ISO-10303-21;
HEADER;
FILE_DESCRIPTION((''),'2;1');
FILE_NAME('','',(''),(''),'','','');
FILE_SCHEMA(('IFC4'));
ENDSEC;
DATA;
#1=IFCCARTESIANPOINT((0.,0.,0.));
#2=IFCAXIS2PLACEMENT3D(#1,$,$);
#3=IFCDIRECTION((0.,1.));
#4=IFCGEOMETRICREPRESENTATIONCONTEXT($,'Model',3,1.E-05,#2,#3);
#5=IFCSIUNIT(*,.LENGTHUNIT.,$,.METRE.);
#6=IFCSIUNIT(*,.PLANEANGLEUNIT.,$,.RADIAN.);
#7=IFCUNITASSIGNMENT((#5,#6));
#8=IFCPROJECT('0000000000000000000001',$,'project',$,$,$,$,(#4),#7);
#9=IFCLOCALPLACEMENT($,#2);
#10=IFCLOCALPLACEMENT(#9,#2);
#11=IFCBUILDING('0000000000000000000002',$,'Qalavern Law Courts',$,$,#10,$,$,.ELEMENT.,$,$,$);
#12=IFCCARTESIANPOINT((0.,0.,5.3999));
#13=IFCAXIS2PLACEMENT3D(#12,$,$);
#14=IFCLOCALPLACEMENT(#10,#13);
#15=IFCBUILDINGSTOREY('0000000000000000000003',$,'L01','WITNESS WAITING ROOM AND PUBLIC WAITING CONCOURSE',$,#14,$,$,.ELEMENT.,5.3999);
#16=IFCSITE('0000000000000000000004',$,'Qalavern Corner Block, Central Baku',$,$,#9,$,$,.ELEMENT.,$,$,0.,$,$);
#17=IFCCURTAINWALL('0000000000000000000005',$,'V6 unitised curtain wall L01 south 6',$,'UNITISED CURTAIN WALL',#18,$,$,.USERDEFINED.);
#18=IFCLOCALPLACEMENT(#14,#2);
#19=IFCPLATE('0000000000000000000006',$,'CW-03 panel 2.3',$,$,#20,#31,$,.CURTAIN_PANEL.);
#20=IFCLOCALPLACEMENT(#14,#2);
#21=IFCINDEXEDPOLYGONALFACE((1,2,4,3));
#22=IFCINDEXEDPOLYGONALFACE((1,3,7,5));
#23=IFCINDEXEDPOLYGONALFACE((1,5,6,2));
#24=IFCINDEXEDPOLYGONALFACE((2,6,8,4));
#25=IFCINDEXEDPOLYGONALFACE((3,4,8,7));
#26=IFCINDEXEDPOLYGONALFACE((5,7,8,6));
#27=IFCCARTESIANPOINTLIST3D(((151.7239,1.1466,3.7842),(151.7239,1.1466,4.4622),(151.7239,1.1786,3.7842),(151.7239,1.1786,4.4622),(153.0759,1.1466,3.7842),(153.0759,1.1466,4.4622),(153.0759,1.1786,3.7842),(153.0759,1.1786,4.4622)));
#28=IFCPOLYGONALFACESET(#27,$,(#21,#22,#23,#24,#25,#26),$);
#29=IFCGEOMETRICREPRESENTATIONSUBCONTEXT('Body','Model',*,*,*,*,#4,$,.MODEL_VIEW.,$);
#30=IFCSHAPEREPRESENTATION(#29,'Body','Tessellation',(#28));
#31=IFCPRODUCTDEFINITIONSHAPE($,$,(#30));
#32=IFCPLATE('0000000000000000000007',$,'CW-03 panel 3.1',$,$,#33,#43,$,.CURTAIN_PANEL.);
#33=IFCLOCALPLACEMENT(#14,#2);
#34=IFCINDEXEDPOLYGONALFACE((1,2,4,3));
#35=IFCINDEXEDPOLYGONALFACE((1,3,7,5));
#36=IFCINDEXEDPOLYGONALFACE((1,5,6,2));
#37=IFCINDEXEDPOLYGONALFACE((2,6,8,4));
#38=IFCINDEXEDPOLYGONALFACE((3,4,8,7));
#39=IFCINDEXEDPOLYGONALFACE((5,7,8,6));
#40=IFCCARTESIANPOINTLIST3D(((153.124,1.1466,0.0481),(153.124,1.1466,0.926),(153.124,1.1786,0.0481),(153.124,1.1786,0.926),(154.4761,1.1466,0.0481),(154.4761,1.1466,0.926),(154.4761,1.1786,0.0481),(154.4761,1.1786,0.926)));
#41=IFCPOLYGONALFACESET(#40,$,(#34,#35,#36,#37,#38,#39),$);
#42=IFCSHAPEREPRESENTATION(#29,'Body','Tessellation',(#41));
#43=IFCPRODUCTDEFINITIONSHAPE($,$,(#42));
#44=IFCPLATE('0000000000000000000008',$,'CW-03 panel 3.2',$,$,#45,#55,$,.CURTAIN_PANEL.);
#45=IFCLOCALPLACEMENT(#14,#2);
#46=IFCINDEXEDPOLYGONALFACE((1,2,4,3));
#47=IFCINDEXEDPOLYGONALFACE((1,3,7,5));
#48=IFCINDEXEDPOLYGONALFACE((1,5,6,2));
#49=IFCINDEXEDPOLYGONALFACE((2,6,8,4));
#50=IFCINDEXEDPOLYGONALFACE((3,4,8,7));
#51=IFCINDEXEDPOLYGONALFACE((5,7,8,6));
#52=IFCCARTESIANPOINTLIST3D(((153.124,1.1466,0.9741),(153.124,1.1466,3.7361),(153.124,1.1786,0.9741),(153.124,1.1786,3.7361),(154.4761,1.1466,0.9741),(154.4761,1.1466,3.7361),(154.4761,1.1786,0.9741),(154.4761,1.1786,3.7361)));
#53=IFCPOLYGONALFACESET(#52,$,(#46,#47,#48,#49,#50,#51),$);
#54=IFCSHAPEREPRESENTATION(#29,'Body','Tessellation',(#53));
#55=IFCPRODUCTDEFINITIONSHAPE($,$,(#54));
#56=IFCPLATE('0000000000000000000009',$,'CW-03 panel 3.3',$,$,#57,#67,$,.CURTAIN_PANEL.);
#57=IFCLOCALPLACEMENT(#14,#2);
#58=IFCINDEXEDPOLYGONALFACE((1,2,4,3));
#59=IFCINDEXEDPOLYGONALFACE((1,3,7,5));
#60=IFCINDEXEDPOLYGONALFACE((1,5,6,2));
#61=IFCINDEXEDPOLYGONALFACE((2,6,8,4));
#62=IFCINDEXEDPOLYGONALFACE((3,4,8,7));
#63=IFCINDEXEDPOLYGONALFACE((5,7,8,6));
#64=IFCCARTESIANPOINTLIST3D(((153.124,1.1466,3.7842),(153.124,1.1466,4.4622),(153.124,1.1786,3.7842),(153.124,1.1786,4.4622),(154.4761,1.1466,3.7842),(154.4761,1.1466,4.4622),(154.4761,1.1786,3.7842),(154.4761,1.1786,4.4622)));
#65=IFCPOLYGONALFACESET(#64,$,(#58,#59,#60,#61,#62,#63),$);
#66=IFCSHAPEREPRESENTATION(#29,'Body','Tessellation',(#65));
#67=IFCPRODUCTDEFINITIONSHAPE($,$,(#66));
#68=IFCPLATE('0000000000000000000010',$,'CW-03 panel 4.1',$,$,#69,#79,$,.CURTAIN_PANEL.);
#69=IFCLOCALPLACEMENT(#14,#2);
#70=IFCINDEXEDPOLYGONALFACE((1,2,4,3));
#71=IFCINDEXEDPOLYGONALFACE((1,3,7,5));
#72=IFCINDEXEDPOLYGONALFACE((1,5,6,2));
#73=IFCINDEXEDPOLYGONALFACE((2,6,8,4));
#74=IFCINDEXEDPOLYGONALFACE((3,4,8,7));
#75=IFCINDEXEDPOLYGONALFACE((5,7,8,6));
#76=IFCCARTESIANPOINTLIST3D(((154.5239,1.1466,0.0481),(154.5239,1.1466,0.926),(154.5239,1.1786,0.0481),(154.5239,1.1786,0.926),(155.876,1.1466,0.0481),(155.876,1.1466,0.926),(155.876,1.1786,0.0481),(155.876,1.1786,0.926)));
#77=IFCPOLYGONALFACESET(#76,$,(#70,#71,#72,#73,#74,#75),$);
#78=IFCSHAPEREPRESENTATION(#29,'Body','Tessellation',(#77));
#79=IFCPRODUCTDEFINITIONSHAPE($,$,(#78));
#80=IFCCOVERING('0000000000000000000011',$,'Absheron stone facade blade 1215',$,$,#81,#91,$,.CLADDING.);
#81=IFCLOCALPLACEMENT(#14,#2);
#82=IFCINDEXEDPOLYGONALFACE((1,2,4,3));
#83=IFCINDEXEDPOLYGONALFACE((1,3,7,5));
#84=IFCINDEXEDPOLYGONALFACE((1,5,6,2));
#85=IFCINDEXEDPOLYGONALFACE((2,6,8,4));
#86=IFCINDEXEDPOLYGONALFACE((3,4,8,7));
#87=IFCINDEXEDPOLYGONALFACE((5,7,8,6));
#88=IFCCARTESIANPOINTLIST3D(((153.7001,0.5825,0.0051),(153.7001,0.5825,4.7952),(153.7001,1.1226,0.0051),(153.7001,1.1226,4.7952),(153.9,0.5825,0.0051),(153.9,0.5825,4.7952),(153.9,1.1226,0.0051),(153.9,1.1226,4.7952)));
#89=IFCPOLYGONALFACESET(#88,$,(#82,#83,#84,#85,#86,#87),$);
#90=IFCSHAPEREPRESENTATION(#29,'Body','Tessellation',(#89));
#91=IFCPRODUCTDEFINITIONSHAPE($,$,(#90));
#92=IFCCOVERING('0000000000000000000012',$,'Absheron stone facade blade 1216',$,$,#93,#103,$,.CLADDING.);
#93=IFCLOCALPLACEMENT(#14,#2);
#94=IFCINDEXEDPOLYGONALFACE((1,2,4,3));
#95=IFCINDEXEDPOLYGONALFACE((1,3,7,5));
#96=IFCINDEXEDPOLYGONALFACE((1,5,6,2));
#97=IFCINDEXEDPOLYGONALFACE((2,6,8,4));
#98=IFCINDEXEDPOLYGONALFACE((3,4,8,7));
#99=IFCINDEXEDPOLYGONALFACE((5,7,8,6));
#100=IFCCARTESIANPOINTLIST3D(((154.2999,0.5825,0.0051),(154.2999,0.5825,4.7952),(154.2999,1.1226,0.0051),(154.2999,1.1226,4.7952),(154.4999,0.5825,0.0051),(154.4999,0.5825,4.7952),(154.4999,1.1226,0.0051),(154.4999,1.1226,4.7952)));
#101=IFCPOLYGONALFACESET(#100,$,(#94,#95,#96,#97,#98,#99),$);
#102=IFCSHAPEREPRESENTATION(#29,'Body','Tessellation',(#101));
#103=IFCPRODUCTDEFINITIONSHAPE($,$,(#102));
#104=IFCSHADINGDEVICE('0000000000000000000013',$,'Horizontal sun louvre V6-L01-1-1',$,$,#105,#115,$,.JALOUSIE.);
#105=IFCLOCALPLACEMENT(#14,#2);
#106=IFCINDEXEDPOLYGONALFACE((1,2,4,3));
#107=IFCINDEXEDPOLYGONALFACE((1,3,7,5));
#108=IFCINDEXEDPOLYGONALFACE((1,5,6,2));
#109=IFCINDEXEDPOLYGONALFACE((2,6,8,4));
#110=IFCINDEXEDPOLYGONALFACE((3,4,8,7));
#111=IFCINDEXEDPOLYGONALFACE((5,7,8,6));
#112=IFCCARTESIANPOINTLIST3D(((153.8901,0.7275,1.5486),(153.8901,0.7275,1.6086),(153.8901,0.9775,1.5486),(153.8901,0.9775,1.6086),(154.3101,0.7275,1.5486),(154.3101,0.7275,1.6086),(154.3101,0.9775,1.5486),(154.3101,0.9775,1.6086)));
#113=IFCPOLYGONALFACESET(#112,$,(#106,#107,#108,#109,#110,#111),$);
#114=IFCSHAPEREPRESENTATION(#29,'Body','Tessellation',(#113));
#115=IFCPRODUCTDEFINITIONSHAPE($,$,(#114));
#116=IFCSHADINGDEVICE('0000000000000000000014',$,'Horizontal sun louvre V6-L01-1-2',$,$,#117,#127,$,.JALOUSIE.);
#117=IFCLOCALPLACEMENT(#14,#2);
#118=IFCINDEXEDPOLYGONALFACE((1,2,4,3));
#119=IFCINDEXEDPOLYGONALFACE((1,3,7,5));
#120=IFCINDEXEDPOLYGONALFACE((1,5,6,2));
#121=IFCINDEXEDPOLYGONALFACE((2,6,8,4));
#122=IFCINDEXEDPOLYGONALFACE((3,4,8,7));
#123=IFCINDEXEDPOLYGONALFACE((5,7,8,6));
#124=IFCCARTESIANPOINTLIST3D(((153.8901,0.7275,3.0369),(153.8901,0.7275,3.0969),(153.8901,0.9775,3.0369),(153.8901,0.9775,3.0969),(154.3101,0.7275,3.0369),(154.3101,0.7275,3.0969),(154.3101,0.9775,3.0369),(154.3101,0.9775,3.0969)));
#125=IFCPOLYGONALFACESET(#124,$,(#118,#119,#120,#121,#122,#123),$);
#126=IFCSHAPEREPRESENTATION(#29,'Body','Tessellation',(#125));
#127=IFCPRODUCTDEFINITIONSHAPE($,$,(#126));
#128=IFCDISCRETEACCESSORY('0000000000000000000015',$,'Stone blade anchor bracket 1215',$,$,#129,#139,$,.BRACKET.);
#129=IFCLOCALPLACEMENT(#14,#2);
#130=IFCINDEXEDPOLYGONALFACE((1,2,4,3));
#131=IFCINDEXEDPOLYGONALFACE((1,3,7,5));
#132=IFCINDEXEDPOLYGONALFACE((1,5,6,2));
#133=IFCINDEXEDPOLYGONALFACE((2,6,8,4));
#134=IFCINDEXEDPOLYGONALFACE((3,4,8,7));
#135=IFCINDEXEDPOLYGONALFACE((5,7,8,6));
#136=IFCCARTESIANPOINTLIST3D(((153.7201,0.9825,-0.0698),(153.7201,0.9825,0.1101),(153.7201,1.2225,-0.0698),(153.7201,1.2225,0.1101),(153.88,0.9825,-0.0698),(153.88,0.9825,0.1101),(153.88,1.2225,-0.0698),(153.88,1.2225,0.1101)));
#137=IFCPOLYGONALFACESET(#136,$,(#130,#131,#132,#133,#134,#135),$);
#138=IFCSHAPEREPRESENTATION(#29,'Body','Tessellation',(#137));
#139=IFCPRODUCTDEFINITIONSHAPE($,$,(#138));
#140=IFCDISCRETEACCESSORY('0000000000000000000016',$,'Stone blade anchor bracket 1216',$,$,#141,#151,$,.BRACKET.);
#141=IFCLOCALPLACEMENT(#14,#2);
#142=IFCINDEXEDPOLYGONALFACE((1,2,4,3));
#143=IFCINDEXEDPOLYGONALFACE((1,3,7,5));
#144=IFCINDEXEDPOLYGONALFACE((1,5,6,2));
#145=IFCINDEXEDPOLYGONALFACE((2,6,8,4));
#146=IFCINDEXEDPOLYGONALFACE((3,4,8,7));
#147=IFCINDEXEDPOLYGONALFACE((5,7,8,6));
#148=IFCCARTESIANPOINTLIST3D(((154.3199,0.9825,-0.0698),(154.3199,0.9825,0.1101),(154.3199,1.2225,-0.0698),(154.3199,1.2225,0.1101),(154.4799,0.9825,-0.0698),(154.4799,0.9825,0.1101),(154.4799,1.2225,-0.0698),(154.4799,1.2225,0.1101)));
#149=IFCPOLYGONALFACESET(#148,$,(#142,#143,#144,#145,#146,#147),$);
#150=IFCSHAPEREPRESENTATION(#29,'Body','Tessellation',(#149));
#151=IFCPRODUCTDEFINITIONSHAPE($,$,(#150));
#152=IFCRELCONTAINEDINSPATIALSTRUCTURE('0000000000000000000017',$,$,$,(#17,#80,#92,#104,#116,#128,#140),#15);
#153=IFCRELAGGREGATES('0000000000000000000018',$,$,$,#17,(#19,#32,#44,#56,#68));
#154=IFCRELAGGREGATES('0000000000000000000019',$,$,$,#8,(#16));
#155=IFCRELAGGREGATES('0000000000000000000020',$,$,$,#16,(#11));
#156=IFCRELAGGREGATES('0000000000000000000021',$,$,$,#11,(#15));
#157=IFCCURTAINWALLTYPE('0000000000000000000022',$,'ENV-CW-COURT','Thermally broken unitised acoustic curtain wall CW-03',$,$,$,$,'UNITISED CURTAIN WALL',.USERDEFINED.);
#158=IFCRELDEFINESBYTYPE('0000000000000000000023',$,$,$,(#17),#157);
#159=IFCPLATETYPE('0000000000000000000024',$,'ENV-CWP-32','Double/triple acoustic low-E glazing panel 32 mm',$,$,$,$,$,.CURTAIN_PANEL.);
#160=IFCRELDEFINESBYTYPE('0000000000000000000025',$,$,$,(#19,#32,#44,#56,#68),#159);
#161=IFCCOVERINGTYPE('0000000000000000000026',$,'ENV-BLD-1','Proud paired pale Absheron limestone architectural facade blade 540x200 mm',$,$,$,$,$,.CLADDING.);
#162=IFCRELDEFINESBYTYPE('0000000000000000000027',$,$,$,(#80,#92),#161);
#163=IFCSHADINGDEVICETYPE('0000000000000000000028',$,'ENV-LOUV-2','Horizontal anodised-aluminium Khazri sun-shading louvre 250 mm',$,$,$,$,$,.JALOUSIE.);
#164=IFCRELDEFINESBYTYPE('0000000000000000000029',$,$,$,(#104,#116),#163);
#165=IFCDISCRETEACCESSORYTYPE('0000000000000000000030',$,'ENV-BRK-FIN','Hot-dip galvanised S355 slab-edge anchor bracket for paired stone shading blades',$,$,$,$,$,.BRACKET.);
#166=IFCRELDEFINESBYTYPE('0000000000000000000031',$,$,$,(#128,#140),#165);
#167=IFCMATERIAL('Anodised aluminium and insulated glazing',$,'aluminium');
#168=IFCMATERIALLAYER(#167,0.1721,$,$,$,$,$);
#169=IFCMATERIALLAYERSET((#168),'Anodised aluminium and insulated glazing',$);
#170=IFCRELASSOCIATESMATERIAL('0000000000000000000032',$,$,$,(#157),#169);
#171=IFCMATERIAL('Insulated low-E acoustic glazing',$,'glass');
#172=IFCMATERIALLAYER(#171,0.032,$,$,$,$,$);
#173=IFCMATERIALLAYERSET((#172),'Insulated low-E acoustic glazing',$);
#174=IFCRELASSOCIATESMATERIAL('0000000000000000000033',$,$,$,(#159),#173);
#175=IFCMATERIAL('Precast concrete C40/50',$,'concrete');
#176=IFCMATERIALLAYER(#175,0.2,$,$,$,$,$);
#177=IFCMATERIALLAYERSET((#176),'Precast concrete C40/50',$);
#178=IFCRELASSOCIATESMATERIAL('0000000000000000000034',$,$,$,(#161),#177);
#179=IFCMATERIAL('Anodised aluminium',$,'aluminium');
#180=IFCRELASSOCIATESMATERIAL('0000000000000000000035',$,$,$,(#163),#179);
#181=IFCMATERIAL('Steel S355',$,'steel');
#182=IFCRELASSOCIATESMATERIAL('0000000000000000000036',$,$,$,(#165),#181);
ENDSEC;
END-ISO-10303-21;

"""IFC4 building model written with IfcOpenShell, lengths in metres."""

from ifc_helpers import new_model, si_unit, direction, frame, origin, origin_2d, place, context, subcontext, project, spatial, rectangle, extrude, material, layer, layer_set, type_object, element, aggregate, save


model = new_model("IFC4")

# Units and contexts
model_context = context("Model", 3, precision=1e-05, world=origin(), true_north=direction((0.0, 1.0)))
body_context = subcontext(model_context, "Body", "Model", "MODEL_VIEW")
ifc_project = project(units=[si_unit("LENGTHUNIT", "METRE"), si_unit("PLANEANGLEUNIT", "RADIAN")], contexts=[model_context])

# Site, building, storey
site_placement = place(None, origin())
site = spatial("IfcSite", under=ifc_project, at=site_placement, Name="Qalavern Corner Block, Central Baku", CompositionType="ELEMENT", RefElevation=0.0)
building_placement = place(site_placement, origin())
building = spatial("IfcBuilding", under=site, at=building_placement, Name="Qalavern Law Courts", CompositionType="ELEMENT")
storey_placement = place(building_placement, frame((0.0, 0.0, 5.3999)))
storey = spatial("IfcBuildingStorey", under=building, at=storey_placement, Name="L01", Description="WITNESS WAITING ROOM AND PUBLIC WAITING CONCOURSE", CompositionType="ELEMENT", Elevation=5.3999)

# Curtain wall, plates
ifc_material_1 = material(Name="Anodised aluminium and insulated glazing", Category="aluminium")
ifc_layer_1 = layer(ifc_material_1, 0.1721)
ifc_layer_set_1 = layer_set([ifc_layer_1], Name="Anodised aluminium and insulated glazing")
curtain_wall_type = type_object("IfcCurtainWallType", Name="ENV-CW-COURT", Description="Thermally broken unitised acoustic curtain wall CW-03", ElementType="UNITISED CURTAIN WALL", PredefinedType="USERDEFINED", material=ifc_layer_set_1)
curtain_wall_placement = place(storey_placement, origin())
curtain_wall = element("IfcCurtainWall", 1, at=curtain_wall_placement, inside=storey, type_object=curtain_wall_type, Name="V6 unitised curtain wall L01 south 6", ObjectType="UNITISED CURTAIN WALL", PredefinedType="USERDEFINED")
ifc_material_2 = material(Name="Anodised aluminium", Category="aluminium")
ifc_material_3 = material(Name="Insulated low-E acoustic glazing", Category="glass")
ifc_layer_2 = layer(ifc_material_3, 0.032)
ifc_layer_set_2 = layer_set([ifc_layer_2], Name="Insulated low-E acoustic glazing")
plate_type = type_object("IfcPlateType", Name="ENV-CWP-32", Description="Double/triple acoustic low-E glazing panel 32 mm", PredefinedType="CURTAIN_PANEL", material=ifc_layer_set_2)
plate_1_placement = place(storey_placement, frame((152.3999, 1.1626, 3.7842), z_axis=(0.0, 0.0, 1.0), x_axis=(1.0, 0.0, 0.0)))
plate_1 = element("IfcPlate", 2, at=plate_1_placement, type_object=plate_type, Name="CW-03 panel 2.3", PredefinedType="CURTAIN_PANEL", context=body_context, shape_type="SweptSolid", body=[
    extrude(rectangle(XDim=1.3521, YDim=0.032, at=origin_2d()), origin(), (0.0, 0.0, 1.0), 0.678),
])
plate_2_placement = place(storey_placement, frame((153.8, 1.1626, 0.0481), z_axis=(0.0, 0.0, 1.0), x_axis=(1.0, 0.0, 0.0)))
plate_2 = element("IfcPlate", 3, at=plate_2_placement, type_object=plate_type, Name="CW-03 panel 3.1", PredefinedType="CURTAIN_PANEL", context=body_context, shape_type="SweptSolid", body=[
    extrude(rectangle(XDim=1.3521, YDim=0.032, at=origin_2d()), origin(), (0.0, 0.0, 1.0), 0.8779),
])
plate_3_placement = place(storey_placement, frame((153.8, 1.1626, 0.9741), z_axis=(0.0, 0.0, 1.0), x_axis=(1.0, 0.0, 0.0)))
plate_3 = element("IfcPlate", 4, at=plate_3_placement, type_object=plate_type, Name="CW-03 panel 3.2", PredefinedType="CURTAIN_PANEL", context=body_context, shape_type="SweptSolid", body=[
    extrude(rectangle(XDim=1.3521, YDim=0.032, at=origin_2d()), origin(), (0.0, 0.0, 1.0), 2.762),
])
plate_4_placement = place(storey_placement, frame((153.8, 1.1626, 3.7842), z_axis=(0.0, 0.0, 1.0), x_axis=(1.0, 0.0, 0.0)))
plate_4 = element("IfcPlate", 5, at=plate_4_placement, type_object=plate_type, Name="CW-03 panel 3.3", PredefinedType="CURTAIN_PANEL", context=body_context, shape_type="SweptSolid", body=[
    extrude(rectangle(XDim=1.3521, YDim=0.032, at=origin_2d()), origin(), (0.0, 0.0, 1.0), 0.678),
])
plate_5_placement = place(storey_placement, frame((155.2, 1.1626, 0.0481), z_axis=(0.0, 0.0, 1.0), x_axis=(1.0, 0.0, 0.0)))
plate_5 = element("IfcPlate", 6, at=plate_5_placement, type_object=plate_type, Name="CW-03 panel 4.1", PredefinedType="CURTAIN_PANEL", context=body_context, shape_type="SweptSolid", body=[
    extrude(rectangle(XDim=1.3521, YDim=0.032, at=origin_2d()), origin(), (0.0, 0.0, 1.0), 0.8779),
])
aggregate(curtain_wall, [plate_1, plate_2, plate_3, plate_4, plate_5])

# Coverings
ifc_material_4 = material(Name="Precast concrete C40/50", Category="concrete")
ifc_layer_3 = layer(ifc_material_4, 0.2)
ifc_layer_set_3 = layer_set([ifc_layer_3], Name="Precast concrete C40/50")
covering_type = type_object("IfcCoveringType", Name="ENV-BLD-1", Description="Proud paired pale Absheron limestone architectural facade blade 540x200 mm", PredefinedType="CLADDING", material=ifc_layer_set_3)
for number, where, z_axis, x_axis, name in (
    (7, (153.8, 0.8525, 0.0051), (0.0, 0.0, 1.0), (0.0, -1.0, 0.0), "Absheron stone facade blade 1215"),
    (8, (154.3999, 0.8525, 0.0051), (0.0, 0.0, 1.0), (0.0, -1.0, 0.0), "Absheron stone facade blade 1216"),
):
    element("IfcCovering", number, at=place(storey_placement, frame(where, z_axis=z_axis, x_axis=x_axis)), inside=storey, type_object=covering_type, Name=name, PredefinedType="CLADDING", context=body_context, shape_type="SweptSolid", body=[
        extrude(rectangle(XDim=0.54, YDim=0.2, at=origin_2d()), origin(), (0.0, 0.0, 1.0), 4.79),
    ])

# Shading devices
shading_device_type = type_object("IfcShadingDeviceType", Name="ENV-LOUV-2", Description="Horizontal anodised-aluminium Khazri sun-shading louvre 250 mm", PredefinedType="JALOUSIE", material=ifc_material_2)
for number, where, z_axis, x_axis, name in (
    (9, (154.1001, 0.8525, 1.5486), (0.0, 0.0, 1.0), (1.0, 0.0, 0.0), "Horizontal sun louvre V6-L01-1-1"),
    (10, (154.1001, 0.8525, 3.0369), (0.0, 0.0, 1.0), (1.0, 0.0, 0.0), "Horizontal sun louvre V6-L01-1-2"),
):
    element("IfcShadingDevice", number, at=place(storey_placement, frame(where, z_axis=z_axis, x_axis=x_axis)), inside=storey, type_object=shading_device_type, Name=name, PredefinedType="JALOUSIE", context=body_context, shape_type="SweptSolid", body=[
        extrude(rectangle(XDim=0.4199, YDim=0.25, at=origin_2d()), origin(), (0.0, 0.0, 1.0), 0.0601),
    ])

# Discrete accessories
ifc_material_5 = material(Name="Steel S355", Category="steel")
discrete_accessory_type = type_object("IfcDiscreteAccessoryType", Name="ENV-BRK-FIN", Description="Hot-dip galvanised S355 slab-edge anchor bracket for paired stone shading blades", PredefinedType="BRACKET", material=ifc_material_5)
for number, where, z_axis, x_axis, name in (
    (11, (153.8, 1.1025, -0.0698), (0.0, 0.0, 1.0), (0.0, -1.0, 0.0), "Stone blade anchor bracket 1215"),
    (12, (154.3999, 1.1025, -0.0698), (0.0, 0.0, 1.0), (0.0, -1.0, 0.0), "Stone blade anchor bracket 1216"),
):
    element("IfcDiscreteAccessory", number, at=place(storey_placement, frame(where, z_axis=z_axis, x_axis=x_axis)), inside=storey, type_object=discrete_accessory_type, Name=name, PredefinedType="BRACKET", context=body_context, shape_type="SweptSolid", body=[
        extrude(rectangle(XDim=0.24, YDim=0.1599, at=origin_2d()), origin(), (0.0, 0.0, 1.0), 0.1799),
    ])

save(model, "model.ifc")
